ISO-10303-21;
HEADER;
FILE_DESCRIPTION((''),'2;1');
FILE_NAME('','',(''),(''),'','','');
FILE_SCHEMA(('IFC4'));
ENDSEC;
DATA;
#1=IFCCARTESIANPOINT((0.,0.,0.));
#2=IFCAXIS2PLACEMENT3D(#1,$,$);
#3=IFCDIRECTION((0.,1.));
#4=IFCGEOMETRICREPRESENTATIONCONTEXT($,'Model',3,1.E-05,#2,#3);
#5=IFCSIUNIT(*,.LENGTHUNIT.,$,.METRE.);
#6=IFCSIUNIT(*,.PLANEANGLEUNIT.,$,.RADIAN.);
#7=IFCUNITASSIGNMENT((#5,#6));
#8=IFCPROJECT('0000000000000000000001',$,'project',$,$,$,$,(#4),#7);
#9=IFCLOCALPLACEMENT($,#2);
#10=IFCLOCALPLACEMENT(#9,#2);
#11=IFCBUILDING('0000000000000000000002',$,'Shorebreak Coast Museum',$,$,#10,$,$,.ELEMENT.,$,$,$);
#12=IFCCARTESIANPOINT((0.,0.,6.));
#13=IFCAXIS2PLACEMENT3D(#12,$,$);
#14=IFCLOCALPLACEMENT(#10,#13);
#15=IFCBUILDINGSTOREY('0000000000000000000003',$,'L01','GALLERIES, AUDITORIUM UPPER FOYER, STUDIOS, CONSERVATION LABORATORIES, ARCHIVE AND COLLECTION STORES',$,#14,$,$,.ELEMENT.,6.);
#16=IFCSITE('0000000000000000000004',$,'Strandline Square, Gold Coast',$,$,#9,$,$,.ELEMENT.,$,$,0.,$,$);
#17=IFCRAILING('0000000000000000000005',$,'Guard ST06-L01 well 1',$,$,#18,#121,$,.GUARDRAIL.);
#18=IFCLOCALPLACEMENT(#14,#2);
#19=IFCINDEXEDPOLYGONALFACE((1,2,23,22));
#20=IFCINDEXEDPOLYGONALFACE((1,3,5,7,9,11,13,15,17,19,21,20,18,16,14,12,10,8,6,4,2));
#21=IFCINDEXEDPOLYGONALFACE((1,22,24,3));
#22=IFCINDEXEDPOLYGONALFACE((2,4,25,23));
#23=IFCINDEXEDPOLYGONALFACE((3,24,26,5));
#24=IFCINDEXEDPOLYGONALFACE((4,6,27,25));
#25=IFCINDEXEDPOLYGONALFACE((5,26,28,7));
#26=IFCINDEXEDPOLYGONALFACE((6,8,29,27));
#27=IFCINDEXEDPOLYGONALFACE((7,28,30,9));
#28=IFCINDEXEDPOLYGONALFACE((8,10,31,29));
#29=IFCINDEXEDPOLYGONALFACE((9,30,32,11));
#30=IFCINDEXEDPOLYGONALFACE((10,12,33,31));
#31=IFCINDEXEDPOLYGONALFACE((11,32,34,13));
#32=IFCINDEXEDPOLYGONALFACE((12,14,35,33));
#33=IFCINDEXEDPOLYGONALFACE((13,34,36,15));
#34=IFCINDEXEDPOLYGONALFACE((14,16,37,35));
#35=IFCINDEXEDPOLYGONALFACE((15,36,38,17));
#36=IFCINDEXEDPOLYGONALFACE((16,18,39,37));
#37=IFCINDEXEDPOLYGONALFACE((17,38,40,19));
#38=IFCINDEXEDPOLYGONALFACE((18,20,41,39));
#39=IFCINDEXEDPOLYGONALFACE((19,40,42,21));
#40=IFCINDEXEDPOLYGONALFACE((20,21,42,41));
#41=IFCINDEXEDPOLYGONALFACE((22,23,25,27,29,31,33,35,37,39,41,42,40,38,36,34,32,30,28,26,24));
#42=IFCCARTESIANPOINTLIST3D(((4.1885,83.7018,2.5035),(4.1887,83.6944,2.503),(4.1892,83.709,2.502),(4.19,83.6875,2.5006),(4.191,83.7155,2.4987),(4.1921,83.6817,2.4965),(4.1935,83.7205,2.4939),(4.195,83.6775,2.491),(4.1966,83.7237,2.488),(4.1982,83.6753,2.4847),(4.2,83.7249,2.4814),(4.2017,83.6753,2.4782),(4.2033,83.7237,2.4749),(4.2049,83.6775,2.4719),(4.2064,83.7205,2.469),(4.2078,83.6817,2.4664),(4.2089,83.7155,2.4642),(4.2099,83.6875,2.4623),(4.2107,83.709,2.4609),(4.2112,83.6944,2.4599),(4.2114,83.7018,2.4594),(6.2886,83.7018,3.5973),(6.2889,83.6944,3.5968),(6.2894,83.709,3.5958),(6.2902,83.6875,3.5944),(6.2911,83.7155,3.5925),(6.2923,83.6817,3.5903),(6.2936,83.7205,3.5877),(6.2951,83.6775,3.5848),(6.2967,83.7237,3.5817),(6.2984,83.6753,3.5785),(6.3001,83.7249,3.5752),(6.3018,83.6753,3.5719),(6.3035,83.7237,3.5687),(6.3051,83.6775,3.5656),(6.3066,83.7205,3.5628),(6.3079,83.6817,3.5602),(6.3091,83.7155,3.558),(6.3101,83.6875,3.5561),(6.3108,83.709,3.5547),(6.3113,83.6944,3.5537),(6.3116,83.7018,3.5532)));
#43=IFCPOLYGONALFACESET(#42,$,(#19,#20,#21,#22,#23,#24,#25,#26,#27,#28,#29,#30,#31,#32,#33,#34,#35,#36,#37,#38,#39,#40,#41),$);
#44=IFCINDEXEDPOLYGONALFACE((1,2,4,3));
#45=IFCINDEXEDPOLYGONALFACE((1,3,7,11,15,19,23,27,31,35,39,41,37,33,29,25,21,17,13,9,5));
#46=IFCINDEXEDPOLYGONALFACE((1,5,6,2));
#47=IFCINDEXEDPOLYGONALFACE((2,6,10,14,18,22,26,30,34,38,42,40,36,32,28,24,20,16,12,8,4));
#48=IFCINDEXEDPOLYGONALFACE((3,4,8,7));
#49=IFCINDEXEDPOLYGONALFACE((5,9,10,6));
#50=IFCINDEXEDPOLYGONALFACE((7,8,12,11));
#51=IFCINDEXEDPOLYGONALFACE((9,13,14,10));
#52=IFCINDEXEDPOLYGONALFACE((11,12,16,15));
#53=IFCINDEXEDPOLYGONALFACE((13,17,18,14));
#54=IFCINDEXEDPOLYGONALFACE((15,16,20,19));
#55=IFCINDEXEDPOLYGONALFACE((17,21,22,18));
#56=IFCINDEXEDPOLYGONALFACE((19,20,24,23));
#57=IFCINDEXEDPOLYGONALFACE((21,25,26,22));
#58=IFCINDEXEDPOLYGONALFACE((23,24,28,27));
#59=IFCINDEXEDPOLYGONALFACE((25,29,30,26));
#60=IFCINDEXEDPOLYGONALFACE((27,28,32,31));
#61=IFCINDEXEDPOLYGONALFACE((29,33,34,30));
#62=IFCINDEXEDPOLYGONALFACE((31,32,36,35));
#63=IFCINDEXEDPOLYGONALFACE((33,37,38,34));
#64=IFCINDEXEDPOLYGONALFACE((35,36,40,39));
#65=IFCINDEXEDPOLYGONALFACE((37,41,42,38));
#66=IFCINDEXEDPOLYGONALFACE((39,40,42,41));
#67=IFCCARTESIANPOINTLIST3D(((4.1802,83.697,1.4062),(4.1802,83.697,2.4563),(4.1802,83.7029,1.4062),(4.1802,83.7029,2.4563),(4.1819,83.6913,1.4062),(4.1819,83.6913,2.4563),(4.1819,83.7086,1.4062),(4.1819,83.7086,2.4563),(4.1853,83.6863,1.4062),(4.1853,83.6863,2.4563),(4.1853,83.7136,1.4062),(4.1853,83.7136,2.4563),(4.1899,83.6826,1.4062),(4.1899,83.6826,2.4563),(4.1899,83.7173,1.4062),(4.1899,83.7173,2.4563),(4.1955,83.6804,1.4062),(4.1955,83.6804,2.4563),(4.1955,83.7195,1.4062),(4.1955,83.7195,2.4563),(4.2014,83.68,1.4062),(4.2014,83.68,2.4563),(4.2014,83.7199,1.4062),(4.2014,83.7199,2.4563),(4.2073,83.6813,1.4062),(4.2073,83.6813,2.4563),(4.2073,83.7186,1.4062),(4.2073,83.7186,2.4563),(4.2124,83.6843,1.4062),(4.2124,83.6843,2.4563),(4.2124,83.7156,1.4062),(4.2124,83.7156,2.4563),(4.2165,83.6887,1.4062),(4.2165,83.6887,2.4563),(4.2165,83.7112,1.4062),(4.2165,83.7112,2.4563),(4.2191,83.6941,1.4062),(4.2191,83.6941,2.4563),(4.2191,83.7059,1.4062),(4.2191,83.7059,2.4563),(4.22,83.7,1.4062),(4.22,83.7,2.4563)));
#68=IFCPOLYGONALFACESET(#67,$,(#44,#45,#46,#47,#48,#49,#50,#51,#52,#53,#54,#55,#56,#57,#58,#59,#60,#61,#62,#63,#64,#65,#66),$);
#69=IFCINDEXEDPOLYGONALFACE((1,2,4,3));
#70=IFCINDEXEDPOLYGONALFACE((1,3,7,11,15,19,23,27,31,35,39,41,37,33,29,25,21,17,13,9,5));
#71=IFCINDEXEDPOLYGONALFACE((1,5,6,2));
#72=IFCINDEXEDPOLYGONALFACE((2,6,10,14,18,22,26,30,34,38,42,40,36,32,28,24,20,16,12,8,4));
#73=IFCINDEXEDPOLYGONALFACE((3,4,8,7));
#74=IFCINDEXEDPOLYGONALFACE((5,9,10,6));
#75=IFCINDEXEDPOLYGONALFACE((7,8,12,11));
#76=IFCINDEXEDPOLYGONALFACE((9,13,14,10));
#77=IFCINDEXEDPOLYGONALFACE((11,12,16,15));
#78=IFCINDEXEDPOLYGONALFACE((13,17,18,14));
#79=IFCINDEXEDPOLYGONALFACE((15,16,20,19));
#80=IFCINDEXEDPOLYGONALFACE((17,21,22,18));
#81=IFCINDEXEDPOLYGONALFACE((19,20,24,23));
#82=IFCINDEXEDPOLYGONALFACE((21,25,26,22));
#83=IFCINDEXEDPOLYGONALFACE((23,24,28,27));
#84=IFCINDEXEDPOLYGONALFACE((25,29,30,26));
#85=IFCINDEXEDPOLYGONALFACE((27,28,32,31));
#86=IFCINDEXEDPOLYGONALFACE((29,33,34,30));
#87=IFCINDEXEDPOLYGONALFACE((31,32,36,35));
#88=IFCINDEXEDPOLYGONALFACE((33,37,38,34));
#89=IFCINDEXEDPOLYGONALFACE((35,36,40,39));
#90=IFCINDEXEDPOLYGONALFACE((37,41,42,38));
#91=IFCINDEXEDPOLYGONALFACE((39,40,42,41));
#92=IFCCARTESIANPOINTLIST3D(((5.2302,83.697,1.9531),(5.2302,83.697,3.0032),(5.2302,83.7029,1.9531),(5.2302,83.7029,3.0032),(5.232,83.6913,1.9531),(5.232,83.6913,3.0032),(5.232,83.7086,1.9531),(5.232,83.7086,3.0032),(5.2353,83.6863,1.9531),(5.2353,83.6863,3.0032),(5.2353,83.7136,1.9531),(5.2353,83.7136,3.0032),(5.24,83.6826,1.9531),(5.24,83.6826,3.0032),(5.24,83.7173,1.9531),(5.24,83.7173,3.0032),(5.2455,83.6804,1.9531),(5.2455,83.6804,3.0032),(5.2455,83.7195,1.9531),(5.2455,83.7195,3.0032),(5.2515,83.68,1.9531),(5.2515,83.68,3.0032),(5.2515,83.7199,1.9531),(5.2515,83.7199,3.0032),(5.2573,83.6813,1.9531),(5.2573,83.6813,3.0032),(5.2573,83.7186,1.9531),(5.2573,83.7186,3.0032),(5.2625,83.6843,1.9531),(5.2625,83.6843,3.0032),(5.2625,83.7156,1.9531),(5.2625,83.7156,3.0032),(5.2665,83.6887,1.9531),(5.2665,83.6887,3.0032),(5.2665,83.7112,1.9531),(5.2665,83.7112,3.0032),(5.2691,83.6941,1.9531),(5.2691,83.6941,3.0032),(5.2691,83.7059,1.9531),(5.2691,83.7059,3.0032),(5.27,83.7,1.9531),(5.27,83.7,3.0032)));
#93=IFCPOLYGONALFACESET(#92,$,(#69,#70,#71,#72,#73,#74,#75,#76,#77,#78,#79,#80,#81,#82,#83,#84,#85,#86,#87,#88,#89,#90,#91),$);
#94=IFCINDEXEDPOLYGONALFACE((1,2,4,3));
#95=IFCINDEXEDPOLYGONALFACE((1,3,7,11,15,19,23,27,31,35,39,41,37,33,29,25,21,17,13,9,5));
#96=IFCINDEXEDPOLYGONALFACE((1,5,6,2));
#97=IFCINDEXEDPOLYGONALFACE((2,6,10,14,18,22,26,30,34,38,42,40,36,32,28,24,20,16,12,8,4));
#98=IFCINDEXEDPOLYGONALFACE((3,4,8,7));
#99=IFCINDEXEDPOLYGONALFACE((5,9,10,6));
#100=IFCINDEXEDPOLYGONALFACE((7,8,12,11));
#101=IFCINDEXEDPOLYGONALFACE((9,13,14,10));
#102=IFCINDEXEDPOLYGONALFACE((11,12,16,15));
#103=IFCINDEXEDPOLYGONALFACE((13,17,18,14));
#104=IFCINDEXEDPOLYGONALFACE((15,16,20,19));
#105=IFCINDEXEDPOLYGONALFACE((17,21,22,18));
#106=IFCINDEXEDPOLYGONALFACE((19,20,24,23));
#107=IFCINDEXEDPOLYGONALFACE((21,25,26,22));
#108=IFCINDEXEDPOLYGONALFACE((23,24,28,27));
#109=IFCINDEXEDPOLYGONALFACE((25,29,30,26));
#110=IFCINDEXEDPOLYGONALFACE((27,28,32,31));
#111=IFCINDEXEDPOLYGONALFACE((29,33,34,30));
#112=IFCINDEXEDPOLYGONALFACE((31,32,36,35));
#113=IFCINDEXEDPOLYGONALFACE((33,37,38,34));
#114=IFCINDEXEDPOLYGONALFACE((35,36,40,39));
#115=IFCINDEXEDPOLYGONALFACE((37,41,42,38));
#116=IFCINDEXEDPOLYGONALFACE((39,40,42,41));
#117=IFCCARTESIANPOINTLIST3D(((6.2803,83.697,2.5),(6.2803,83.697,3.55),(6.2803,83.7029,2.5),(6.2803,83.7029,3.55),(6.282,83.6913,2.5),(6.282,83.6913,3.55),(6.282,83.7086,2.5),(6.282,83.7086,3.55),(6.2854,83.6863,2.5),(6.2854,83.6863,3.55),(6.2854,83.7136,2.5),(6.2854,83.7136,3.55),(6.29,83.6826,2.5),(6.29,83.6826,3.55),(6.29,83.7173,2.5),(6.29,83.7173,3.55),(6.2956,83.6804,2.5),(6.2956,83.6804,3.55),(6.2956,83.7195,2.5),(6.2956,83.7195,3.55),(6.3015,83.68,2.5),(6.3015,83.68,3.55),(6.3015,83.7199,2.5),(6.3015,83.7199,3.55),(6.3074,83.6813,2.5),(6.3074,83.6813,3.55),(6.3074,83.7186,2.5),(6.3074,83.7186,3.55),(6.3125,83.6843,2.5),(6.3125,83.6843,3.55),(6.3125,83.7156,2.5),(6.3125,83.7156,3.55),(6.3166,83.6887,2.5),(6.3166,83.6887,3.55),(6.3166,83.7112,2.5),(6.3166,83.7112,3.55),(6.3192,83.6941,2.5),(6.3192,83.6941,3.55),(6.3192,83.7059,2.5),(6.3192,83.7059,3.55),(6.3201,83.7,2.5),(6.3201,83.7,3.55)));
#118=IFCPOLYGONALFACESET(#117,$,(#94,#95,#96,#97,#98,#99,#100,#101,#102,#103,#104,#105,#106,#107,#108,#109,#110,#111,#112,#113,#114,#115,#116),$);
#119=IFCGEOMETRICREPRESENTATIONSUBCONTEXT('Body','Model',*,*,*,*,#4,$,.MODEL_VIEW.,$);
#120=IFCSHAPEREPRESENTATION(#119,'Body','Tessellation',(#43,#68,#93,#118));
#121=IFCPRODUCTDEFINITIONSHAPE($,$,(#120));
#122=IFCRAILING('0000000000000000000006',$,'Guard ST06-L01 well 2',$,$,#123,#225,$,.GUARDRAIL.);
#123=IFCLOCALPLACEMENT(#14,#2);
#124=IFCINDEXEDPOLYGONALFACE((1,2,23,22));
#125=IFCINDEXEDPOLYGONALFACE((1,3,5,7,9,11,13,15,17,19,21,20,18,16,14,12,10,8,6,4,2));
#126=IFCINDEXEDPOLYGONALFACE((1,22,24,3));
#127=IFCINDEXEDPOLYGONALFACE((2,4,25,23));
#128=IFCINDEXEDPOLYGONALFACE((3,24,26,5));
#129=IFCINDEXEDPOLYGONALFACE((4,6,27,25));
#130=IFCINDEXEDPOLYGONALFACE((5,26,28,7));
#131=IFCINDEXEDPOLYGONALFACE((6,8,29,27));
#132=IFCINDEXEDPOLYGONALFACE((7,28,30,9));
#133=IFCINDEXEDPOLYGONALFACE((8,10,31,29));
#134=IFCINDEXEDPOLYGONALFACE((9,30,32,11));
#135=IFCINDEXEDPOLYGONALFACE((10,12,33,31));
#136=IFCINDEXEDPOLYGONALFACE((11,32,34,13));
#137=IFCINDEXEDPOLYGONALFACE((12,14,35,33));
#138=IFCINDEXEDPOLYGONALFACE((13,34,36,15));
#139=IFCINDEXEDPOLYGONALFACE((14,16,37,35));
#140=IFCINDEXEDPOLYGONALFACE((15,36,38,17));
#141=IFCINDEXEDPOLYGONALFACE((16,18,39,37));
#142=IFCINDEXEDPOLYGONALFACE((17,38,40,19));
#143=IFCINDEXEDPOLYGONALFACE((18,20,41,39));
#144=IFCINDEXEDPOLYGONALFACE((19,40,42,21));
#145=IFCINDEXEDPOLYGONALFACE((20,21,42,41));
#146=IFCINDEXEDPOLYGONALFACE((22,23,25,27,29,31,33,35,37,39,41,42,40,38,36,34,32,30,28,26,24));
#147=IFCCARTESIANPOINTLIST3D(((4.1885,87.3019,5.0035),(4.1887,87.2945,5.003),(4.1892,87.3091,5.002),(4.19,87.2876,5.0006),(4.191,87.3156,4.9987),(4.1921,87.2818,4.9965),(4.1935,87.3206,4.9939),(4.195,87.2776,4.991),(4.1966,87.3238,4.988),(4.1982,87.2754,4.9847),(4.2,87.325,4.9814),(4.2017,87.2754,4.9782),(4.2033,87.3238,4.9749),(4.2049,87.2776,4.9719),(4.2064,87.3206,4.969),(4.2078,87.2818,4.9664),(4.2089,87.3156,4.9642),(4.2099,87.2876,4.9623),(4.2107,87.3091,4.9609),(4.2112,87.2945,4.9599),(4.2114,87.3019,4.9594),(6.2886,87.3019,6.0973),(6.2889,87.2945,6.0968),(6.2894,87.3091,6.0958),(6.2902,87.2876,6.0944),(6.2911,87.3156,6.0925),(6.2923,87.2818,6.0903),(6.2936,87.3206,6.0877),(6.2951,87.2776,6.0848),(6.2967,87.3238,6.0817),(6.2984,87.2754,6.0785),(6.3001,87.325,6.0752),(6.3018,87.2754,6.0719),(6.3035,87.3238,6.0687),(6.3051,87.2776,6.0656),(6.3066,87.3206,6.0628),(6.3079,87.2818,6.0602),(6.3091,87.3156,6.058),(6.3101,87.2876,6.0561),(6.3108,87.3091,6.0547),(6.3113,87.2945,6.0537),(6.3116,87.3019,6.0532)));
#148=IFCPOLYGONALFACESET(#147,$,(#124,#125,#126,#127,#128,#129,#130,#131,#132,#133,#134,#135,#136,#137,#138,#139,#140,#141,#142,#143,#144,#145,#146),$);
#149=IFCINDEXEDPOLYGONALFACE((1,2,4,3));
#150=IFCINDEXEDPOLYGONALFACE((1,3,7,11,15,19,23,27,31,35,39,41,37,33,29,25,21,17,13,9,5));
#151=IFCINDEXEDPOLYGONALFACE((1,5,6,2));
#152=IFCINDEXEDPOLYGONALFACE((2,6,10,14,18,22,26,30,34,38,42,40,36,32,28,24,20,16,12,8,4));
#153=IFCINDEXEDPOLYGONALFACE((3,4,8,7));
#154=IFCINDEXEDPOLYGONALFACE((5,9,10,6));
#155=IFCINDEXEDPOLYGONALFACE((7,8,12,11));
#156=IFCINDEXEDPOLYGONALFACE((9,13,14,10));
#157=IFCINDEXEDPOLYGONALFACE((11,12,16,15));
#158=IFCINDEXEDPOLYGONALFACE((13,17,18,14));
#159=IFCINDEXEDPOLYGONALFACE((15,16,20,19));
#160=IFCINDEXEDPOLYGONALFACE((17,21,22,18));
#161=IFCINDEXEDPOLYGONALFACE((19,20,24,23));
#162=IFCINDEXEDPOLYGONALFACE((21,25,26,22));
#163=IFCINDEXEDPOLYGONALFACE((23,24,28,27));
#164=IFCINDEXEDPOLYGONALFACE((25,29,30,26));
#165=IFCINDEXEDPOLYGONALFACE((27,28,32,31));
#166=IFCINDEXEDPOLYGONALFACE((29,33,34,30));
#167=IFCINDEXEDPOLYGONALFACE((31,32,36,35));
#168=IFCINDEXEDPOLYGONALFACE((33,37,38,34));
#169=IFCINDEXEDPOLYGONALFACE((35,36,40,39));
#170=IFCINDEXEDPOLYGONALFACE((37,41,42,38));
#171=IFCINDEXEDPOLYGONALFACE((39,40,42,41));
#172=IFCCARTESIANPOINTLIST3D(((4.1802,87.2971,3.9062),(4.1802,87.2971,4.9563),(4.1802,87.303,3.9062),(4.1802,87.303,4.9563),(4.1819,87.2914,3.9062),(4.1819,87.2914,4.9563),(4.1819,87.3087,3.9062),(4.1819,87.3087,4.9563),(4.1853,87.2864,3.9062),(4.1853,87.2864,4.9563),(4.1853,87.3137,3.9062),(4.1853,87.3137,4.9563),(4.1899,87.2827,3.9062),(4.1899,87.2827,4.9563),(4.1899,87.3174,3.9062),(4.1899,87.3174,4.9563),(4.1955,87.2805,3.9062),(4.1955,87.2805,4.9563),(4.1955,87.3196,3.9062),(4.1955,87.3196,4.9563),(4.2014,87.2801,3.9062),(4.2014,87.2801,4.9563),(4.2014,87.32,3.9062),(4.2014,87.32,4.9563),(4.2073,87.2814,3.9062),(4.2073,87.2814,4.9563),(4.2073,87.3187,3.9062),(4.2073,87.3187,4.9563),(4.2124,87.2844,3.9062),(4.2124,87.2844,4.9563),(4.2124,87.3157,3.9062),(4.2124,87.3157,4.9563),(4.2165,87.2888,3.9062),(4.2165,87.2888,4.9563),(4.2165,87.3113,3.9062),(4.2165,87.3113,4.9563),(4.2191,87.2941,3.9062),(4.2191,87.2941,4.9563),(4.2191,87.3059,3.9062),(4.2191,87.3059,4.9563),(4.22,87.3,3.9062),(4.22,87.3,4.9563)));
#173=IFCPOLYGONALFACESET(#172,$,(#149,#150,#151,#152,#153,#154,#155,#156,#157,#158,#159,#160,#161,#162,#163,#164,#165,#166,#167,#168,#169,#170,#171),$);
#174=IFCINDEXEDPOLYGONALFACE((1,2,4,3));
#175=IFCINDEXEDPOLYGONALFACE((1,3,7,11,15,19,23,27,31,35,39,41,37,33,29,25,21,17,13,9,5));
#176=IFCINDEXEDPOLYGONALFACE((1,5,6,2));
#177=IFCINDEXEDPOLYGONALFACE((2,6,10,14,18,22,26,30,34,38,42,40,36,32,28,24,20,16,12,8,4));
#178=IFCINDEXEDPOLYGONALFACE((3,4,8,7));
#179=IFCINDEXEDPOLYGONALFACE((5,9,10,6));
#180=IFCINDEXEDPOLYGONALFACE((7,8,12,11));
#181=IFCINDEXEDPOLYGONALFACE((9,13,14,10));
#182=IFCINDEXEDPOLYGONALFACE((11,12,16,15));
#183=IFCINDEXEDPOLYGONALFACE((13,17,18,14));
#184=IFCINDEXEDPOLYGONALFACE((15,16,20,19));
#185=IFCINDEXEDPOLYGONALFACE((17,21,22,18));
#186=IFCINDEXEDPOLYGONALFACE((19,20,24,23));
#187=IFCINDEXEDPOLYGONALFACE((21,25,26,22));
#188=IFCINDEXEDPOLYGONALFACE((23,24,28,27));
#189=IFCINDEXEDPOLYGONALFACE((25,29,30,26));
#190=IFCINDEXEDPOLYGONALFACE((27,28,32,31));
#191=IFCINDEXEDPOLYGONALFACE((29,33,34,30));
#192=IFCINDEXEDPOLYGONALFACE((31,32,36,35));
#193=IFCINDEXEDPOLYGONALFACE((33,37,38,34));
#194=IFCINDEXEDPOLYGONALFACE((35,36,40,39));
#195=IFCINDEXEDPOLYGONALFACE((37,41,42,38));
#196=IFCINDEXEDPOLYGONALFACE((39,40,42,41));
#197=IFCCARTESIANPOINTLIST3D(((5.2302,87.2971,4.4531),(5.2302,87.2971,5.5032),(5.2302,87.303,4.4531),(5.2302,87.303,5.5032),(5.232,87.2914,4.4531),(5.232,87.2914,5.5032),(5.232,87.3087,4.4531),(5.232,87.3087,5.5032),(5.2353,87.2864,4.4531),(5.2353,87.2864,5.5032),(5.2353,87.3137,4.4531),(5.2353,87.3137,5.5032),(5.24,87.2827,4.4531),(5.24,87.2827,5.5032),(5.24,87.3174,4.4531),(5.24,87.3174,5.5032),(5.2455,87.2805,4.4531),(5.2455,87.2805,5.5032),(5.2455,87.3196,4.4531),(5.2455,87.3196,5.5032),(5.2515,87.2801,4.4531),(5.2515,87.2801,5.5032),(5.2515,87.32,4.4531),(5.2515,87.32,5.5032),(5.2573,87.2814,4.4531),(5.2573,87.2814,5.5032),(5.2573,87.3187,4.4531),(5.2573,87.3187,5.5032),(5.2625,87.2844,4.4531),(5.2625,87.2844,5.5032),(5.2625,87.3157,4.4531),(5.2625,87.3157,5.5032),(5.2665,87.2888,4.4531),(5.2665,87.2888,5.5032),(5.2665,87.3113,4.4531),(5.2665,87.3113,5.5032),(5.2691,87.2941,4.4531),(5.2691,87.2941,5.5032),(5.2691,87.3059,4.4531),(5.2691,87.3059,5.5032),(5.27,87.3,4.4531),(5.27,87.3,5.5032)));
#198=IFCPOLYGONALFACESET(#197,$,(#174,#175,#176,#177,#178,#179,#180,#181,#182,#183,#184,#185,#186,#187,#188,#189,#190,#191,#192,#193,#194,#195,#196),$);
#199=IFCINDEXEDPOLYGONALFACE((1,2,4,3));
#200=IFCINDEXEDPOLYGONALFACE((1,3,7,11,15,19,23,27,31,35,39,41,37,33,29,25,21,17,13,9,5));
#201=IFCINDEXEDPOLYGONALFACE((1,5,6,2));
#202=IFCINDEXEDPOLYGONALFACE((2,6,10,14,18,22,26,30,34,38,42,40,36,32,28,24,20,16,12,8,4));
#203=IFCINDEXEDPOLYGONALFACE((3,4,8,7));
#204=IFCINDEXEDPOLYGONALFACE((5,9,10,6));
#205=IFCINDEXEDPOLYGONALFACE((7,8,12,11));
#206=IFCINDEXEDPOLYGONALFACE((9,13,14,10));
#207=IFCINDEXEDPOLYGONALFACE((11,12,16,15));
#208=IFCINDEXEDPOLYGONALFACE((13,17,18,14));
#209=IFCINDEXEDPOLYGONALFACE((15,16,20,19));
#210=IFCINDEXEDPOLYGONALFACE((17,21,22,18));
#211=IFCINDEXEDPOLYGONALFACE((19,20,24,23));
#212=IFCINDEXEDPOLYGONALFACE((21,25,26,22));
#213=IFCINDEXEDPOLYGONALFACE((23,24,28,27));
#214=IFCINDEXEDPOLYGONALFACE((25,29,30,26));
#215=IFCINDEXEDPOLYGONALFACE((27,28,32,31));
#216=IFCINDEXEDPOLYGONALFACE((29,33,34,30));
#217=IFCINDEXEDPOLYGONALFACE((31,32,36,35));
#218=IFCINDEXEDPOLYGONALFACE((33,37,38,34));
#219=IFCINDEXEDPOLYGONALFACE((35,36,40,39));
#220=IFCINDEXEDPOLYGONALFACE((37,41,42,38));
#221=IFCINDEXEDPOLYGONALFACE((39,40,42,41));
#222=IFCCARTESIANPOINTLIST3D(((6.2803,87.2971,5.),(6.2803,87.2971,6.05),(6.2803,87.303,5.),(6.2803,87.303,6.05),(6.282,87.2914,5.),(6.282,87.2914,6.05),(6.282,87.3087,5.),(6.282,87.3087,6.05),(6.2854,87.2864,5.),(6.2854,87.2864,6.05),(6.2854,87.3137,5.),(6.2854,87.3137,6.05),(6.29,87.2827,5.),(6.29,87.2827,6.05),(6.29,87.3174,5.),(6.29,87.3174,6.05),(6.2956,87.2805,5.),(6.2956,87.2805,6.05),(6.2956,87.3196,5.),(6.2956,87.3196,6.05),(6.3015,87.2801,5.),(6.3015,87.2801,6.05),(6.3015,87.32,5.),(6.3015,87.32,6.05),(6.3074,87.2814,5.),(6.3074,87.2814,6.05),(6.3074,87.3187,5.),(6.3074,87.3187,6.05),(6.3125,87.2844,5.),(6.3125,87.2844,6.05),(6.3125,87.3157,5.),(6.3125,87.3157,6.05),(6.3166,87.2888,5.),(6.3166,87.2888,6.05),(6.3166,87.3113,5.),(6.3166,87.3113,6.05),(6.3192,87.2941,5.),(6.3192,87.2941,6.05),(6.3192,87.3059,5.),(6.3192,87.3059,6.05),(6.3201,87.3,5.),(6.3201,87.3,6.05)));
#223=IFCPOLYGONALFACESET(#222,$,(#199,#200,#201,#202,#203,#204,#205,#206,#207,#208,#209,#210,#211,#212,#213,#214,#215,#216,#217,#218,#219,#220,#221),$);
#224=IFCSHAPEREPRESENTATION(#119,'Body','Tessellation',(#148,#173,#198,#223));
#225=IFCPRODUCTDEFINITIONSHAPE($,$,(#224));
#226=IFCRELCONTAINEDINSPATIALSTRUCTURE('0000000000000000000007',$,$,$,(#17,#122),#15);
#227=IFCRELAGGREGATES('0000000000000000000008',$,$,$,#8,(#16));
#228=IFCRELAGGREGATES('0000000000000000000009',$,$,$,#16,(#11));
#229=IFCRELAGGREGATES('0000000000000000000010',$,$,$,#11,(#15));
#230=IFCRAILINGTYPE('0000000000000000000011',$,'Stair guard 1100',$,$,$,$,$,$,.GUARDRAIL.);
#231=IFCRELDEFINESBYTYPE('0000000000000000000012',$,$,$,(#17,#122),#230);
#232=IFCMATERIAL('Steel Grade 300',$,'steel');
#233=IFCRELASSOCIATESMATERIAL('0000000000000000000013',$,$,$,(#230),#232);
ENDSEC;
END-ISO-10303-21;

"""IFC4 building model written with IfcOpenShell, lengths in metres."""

from ifc_helpers import new_model, si_unit, direction, frame, origin, origin_2d, place, context, subcontext, project, spatial, circle, extrude, material, type_object, element, save


model = new_model("IFC4")

# Units and contexts
model_context = context("Model", 3, precision=1e-05, world=origin(), true_north=direction((0.0, 1.0)))
body_context = subcontext(model_context, "Body", "Model", "MODEL_VIEW")
ifc_project = project(units=[si_unit("LENGTHUNIT", "METRE"), si_unit("PLANEANGLEUNIT", "RADIAN")], contexts=[model_context])

# Site, building, storey
site_placement = place(None, origin())
site = spatial("IfcSite", under=ifc_project, at=site_placement, Name="Strandline Square, Gold Coast", CompositionType="ELEMENT", RefElevation=0.0)
building_placement = place(site_placement, origin())
building = spatial("IfcBuilding", under=site, at=building_placement, Name="Shorebreak Coast Museum", CompositionType="ELEMENT")
storey_placement = place(building_placement, frame((0.0, 0.0, 6.0)))
storey = spatial("IfcBuildingStorey", under=building, at=storey_placement, Name="L01", Description="GALLERIES, AUDITORIUM UPPER FOYER, STUDIOS, CONSERVATION LABORATORIES, ARCHIVE AND COLLECTION STORES", CompositionType="ELEMENT", Elevation=6.0)

# Railings
ifc_material_1 = material(Name="Steel Grade 300", Category="steel")
railing_type_1 = type_object("IfcRailingType", Name="Stair guard 1100", PredefinedType="GUARDRAIL", material=ifc_material_1)
for number, where, name in (
    (1, (4.2, 83.7, 1.4062), "Guard ST06-L01 well 1"),
    (2, (4.2, 87.3, 3.9062), "Guard ST06-L01 well 2"),
):
    element("IfcRailing", number, at=place(storey_placement, frame(where)), inside=storey, type_object=railing_type_1, Name=name, PredefinedType="GUARDRAIL", context=body_context, shape_type="SweptSolid", body=[
        extrude(circle(Radius=0.0249, at=origin_2d()), frame((0.0, 0.0, 1.0752), z_axis=(0.886923, 0.0, 0.461918), x_axis=(0.0, 1.0, 0.0)), (0.0, 0.0, 1.0), 2.3679),
        extrude(circle(Radius=0.02, at=origin_2d()), origin(), (0.0, 0.0, 1.0), 1.05),
        extrude(circle(Radius=0.02, at=origin_2d()), frame((1.05, 0.0, 0.5469)), (0.0, 0.0, 1.0), 1.05),
        extrude(circle(Radius=0.02, at=origin_2d()), frame((2.1001, 0.0, 1.0938)), (0.0, 0.0, 1.0), 1.05),
    ])

save(model, "model.ifc")
